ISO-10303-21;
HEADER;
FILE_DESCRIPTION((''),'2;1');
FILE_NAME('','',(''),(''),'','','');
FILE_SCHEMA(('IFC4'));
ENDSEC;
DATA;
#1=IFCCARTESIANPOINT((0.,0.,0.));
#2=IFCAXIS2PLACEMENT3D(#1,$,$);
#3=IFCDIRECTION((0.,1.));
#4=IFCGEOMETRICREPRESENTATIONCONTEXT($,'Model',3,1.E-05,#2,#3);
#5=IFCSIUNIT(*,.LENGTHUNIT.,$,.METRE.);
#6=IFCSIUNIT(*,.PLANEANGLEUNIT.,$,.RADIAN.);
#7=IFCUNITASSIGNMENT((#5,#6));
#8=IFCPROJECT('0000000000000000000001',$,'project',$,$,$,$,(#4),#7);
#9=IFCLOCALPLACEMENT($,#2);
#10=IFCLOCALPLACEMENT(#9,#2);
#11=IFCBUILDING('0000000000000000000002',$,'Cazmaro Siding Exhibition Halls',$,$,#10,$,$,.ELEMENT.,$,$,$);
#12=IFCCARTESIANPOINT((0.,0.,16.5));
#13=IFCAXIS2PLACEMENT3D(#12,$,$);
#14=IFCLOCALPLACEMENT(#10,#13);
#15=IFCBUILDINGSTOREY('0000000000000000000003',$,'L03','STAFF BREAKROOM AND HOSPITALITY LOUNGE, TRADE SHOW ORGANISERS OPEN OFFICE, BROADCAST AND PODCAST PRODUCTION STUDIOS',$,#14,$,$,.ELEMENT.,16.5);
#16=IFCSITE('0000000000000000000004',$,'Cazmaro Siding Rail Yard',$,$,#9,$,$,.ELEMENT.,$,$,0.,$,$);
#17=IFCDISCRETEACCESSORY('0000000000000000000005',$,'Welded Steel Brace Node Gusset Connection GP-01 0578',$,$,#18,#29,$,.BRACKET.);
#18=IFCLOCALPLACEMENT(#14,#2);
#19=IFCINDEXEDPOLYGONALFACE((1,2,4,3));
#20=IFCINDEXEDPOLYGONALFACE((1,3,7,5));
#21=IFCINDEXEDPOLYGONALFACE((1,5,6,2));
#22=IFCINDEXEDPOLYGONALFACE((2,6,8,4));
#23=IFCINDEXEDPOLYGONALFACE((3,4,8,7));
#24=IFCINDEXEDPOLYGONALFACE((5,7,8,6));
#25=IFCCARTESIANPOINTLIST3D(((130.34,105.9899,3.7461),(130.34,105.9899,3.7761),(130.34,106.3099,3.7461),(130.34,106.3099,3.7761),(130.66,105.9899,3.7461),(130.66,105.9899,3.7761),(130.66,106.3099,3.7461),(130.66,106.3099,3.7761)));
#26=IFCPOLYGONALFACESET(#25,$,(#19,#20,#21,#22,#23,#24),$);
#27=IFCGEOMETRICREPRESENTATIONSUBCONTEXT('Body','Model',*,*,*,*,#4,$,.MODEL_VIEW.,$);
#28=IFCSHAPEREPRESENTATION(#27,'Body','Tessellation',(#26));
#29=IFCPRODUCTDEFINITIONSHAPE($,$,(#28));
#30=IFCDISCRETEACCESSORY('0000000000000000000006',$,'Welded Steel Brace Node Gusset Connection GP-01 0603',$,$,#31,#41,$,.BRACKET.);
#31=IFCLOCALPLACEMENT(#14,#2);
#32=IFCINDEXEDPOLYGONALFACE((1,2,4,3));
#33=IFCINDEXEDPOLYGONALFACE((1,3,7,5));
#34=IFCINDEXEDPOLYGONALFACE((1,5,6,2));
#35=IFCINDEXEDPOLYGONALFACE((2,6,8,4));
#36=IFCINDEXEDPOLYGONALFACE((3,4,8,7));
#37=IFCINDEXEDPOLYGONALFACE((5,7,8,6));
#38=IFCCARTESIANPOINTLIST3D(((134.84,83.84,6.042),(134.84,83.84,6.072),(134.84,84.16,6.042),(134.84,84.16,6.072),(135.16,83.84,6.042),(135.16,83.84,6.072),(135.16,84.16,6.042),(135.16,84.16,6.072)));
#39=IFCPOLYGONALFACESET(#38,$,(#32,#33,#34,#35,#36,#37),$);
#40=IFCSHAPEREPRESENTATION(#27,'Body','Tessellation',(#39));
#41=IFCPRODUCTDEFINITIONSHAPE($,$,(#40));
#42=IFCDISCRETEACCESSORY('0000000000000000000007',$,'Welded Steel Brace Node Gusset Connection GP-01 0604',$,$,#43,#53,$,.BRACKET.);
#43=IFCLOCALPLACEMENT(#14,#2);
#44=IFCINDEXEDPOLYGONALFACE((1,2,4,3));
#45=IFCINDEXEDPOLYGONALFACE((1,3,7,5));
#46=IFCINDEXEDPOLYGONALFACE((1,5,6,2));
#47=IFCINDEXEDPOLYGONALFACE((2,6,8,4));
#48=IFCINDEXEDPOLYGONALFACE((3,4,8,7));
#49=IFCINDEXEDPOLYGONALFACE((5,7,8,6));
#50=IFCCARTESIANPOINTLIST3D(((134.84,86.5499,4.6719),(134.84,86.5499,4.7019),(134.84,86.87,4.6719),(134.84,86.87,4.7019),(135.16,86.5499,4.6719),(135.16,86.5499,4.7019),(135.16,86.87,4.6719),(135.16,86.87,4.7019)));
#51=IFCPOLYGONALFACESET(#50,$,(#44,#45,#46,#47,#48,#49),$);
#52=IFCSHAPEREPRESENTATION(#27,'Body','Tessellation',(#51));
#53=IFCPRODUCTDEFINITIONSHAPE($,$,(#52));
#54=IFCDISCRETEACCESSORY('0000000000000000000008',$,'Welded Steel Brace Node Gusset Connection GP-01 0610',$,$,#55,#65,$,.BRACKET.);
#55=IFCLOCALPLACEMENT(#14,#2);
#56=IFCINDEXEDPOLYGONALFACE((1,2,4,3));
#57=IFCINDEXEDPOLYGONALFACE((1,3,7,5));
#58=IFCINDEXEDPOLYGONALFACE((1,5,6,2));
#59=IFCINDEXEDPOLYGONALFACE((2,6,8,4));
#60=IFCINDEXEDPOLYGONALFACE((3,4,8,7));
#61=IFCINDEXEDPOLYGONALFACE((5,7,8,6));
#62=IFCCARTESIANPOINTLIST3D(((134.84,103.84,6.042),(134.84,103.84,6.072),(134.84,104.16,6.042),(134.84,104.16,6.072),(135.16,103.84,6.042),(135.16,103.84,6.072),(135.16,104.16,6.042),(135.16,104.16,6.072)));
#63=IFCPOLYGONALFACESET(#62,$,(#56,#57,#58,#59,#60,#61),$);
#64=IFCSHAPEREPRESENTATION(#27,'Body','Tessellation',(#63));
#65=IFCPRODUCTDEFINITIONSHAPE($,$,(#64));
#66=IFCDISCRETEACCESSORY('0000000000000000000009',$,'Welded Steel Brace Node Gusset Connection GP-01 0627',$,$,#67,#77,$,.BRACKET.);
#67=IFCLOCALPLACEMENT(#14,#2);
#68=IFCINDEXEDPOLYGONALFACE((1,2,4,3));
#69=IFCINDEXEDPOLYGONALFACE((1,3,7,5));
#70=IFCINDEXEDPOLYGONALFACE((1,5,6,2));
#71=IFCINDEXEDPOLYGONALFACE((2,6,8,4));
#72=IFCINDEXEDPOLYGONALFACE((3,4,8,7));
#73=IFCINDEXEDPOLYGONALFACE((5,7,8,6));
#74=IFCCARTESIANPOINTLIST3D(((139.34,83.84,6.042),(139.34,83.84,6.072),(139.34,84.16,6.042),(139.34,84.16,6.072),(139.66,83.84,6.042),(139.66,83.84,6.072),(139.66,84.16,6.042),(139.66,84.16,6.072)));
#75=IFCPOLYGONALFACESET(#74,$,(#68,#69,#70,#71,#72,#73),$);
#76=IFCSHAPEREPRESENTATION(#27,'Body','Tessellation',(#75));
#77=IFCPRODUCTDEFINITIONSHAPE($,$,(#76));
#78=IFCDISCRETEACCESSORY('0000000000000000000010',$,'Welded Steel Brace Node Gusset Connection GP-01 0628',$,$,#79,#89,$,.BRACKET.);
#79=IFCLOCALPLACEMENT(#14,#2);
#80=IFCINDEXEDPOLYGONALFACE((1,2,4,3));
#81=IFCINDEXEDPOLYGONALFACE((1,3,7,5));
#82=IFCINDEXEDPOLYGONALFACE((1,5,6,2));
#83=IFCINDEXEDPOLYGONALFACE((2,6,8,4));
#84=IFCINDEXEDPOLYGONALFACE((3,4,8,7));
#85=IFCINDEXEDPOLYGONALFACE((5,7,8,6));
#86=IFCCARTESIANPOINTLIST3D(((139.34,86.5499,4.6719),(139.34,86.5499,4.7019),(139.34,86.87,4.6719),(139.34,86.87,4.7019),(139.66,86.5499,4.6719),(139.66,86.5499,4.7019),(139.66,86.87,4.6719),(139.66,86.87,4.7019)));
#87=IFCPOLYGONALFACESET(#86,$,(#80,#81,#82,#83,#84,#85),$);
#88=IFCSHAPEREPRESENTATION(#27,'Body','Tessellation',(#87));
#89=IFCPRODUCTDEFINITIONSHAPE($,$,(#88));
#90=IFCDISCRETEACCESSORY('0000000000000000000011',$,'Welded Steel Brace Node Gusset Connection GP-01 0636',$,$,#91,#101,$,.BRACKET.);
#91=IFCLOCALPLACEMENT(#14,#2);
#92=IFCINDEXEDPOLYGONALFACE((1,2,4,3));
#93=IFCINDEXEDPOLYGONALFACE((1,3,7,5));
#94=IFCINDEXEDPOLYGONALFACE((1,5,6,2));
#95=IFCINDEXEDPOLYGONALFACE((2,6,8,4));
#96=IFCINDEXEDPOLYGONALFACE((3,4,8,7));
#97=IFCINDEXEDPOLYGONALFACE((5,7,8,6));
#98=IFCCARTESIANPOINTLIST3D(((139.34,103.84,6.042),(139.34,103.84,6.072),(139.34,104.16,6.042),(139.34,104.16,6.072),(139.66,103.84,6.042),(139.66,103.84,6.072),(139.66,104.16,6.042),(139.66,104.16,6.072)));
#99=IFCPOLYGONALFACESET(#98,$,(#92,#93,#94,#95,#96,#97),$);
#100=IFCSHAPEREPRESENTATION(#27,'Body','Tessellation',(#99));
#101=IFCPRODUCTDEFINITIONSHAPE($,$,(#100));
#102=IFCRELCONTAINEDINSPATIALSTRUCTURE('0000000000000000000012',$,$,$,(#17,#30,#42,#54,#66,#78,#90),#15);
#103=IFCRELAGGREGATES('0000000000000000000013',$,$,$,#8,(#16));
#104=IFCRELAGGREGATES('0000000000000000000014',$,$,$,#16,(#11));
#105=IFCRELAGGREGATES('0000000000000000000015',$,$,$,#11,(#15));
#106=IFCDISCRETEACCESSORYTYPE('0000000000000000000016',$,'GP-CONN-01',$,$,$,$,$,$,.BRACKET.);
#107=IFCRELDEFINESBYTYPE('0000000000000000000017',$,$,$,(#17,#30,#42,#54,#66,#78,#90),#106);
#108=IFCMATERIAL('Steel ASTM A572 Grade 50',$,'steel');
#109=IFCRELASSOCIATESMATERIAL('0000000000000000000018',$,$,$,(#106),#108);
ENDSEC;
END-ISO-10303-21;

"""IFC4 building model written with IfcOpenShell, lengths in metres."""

from ifc_helpers import new_model, si_unit, direction, frame, origin, origin_2d, place, context, subcontext, project, spatial, rectangle, extrude, material, type_object, element, save


model = new_model("IFC4")

# Units and contexts
model_context = context("Model", 3, precision=1e-05, world=origin(), true_north=direction((0.0, 1.0)))
body_context = subcontext(model_context, "Body", "Model", "MODEL_VIEW")
ifc_project = project(units=[si_unit("LENGTHUNIT", "METRE"), si_unit("PLANEANGLEUNIT", "RADIAN")], contexts=[model_context])

# Site, building, storey
site_placement = place(None, origin())
site = spatial("IfcSite", under=ifc_project, at=site_placement, Name="Cazmaro Siding Rail Yard", CompositionType="ELEMENT", RefElevation=0.0)
building_placement = place(site_placement, origin())
building = spatial("IfcBuilding", under=site, at=building_placement, Name="Cazmaro Siding Exhibition Halls", CompositionType="ELEMENT")
storey_placement = place(building_placement, frame((0.0, 0.0, 16.5)))
storey = spatial("IfcBuildingStorey", under=building, at=storey_placement, Name="L03", Description="STAFF BREAKROOM AND HOSPITALITY LOUNGE, TRADE SHOW ORGANISERS OPEN OFFICE, BROADCAST AND PODCAST PRODUCTION STUDIOS", CompositionType="ELEMENT", Elevation=16.5)

# Discrete accessories
ifc_material_1 = material(Name="Steel ASTM A572 Grade 50", Category="steel")
discrete_accessory_type = type_object("IfcDiscreteAccessoryType", Name="GP-CONN-01", PredefinedType="BRACKET", material=ifc_material_1)
for number, where, z_axis, x_axis, name in (
    (1, (130.5, 106.1499, 3.7461), (0.0, 0.0, 1.0), (1.0, 0.0, 0.0), "Welded Steel Brace Node Gusset Connection GP-01 0578"),
    (2, (135.0, 84.0, 6.042), (0.0, 0.0, 1.0), (1.0, 0.0, 0.0), "Welded Steel Brace Node Gusset Connection GP-01 0603"),
    (3, (135.0, 86.71, 4.6719), (0.0, 0.0, 1.0), (1.0, 0.0, 0.0), "Welded Steel Brace Node Gusset Connection GP-01 0604"),
    (4, (135.0, 104.0, 6.042), (0.0, 0.0, 1.0), (1.0, 0.0, 0.0), "Welded Steel Brace Node Gusset Connection GP-01 0610"),
    (5, (139.5, 84.0, 6.042), (0.0, 0.0, 1.0), (1.0, 0.0, 0.0), "Welded Steel Brace Node Gusset Connection GP-01 0627"),
    (6, (139.5, 86.71, 4.6719), (0.0, 0.0, 1.0), (1.0, 0.0, 0.0), "Welded Steel Brace Node Gusset Connection GP-01 0628"),
    (7, (139.5, 104.0, 6.042), (0.0, 0.0, 1.0), (1.0, 0.0, 0.0), "Welded Steel Brace Node Gusset Connection GP-01 0636"),
):
    element("IfcDiscreteAccessory", number, at=place(storey_placement, frame(where, z_axis=z_axis, x_axis=x_axis)), inside=storey, type_object=discrete_accessory_type, Name=name, PredefinedType="BRACKET", context=body_context, shape_type="SweptSolid", body=[
        extrude(rectangle(XDim=0.3201, YDim=0.3201, at=origin_2d()), origin(), (0.0, 0.0, 1.0), 0.03),
    ])

save(model, "model.ifc")
